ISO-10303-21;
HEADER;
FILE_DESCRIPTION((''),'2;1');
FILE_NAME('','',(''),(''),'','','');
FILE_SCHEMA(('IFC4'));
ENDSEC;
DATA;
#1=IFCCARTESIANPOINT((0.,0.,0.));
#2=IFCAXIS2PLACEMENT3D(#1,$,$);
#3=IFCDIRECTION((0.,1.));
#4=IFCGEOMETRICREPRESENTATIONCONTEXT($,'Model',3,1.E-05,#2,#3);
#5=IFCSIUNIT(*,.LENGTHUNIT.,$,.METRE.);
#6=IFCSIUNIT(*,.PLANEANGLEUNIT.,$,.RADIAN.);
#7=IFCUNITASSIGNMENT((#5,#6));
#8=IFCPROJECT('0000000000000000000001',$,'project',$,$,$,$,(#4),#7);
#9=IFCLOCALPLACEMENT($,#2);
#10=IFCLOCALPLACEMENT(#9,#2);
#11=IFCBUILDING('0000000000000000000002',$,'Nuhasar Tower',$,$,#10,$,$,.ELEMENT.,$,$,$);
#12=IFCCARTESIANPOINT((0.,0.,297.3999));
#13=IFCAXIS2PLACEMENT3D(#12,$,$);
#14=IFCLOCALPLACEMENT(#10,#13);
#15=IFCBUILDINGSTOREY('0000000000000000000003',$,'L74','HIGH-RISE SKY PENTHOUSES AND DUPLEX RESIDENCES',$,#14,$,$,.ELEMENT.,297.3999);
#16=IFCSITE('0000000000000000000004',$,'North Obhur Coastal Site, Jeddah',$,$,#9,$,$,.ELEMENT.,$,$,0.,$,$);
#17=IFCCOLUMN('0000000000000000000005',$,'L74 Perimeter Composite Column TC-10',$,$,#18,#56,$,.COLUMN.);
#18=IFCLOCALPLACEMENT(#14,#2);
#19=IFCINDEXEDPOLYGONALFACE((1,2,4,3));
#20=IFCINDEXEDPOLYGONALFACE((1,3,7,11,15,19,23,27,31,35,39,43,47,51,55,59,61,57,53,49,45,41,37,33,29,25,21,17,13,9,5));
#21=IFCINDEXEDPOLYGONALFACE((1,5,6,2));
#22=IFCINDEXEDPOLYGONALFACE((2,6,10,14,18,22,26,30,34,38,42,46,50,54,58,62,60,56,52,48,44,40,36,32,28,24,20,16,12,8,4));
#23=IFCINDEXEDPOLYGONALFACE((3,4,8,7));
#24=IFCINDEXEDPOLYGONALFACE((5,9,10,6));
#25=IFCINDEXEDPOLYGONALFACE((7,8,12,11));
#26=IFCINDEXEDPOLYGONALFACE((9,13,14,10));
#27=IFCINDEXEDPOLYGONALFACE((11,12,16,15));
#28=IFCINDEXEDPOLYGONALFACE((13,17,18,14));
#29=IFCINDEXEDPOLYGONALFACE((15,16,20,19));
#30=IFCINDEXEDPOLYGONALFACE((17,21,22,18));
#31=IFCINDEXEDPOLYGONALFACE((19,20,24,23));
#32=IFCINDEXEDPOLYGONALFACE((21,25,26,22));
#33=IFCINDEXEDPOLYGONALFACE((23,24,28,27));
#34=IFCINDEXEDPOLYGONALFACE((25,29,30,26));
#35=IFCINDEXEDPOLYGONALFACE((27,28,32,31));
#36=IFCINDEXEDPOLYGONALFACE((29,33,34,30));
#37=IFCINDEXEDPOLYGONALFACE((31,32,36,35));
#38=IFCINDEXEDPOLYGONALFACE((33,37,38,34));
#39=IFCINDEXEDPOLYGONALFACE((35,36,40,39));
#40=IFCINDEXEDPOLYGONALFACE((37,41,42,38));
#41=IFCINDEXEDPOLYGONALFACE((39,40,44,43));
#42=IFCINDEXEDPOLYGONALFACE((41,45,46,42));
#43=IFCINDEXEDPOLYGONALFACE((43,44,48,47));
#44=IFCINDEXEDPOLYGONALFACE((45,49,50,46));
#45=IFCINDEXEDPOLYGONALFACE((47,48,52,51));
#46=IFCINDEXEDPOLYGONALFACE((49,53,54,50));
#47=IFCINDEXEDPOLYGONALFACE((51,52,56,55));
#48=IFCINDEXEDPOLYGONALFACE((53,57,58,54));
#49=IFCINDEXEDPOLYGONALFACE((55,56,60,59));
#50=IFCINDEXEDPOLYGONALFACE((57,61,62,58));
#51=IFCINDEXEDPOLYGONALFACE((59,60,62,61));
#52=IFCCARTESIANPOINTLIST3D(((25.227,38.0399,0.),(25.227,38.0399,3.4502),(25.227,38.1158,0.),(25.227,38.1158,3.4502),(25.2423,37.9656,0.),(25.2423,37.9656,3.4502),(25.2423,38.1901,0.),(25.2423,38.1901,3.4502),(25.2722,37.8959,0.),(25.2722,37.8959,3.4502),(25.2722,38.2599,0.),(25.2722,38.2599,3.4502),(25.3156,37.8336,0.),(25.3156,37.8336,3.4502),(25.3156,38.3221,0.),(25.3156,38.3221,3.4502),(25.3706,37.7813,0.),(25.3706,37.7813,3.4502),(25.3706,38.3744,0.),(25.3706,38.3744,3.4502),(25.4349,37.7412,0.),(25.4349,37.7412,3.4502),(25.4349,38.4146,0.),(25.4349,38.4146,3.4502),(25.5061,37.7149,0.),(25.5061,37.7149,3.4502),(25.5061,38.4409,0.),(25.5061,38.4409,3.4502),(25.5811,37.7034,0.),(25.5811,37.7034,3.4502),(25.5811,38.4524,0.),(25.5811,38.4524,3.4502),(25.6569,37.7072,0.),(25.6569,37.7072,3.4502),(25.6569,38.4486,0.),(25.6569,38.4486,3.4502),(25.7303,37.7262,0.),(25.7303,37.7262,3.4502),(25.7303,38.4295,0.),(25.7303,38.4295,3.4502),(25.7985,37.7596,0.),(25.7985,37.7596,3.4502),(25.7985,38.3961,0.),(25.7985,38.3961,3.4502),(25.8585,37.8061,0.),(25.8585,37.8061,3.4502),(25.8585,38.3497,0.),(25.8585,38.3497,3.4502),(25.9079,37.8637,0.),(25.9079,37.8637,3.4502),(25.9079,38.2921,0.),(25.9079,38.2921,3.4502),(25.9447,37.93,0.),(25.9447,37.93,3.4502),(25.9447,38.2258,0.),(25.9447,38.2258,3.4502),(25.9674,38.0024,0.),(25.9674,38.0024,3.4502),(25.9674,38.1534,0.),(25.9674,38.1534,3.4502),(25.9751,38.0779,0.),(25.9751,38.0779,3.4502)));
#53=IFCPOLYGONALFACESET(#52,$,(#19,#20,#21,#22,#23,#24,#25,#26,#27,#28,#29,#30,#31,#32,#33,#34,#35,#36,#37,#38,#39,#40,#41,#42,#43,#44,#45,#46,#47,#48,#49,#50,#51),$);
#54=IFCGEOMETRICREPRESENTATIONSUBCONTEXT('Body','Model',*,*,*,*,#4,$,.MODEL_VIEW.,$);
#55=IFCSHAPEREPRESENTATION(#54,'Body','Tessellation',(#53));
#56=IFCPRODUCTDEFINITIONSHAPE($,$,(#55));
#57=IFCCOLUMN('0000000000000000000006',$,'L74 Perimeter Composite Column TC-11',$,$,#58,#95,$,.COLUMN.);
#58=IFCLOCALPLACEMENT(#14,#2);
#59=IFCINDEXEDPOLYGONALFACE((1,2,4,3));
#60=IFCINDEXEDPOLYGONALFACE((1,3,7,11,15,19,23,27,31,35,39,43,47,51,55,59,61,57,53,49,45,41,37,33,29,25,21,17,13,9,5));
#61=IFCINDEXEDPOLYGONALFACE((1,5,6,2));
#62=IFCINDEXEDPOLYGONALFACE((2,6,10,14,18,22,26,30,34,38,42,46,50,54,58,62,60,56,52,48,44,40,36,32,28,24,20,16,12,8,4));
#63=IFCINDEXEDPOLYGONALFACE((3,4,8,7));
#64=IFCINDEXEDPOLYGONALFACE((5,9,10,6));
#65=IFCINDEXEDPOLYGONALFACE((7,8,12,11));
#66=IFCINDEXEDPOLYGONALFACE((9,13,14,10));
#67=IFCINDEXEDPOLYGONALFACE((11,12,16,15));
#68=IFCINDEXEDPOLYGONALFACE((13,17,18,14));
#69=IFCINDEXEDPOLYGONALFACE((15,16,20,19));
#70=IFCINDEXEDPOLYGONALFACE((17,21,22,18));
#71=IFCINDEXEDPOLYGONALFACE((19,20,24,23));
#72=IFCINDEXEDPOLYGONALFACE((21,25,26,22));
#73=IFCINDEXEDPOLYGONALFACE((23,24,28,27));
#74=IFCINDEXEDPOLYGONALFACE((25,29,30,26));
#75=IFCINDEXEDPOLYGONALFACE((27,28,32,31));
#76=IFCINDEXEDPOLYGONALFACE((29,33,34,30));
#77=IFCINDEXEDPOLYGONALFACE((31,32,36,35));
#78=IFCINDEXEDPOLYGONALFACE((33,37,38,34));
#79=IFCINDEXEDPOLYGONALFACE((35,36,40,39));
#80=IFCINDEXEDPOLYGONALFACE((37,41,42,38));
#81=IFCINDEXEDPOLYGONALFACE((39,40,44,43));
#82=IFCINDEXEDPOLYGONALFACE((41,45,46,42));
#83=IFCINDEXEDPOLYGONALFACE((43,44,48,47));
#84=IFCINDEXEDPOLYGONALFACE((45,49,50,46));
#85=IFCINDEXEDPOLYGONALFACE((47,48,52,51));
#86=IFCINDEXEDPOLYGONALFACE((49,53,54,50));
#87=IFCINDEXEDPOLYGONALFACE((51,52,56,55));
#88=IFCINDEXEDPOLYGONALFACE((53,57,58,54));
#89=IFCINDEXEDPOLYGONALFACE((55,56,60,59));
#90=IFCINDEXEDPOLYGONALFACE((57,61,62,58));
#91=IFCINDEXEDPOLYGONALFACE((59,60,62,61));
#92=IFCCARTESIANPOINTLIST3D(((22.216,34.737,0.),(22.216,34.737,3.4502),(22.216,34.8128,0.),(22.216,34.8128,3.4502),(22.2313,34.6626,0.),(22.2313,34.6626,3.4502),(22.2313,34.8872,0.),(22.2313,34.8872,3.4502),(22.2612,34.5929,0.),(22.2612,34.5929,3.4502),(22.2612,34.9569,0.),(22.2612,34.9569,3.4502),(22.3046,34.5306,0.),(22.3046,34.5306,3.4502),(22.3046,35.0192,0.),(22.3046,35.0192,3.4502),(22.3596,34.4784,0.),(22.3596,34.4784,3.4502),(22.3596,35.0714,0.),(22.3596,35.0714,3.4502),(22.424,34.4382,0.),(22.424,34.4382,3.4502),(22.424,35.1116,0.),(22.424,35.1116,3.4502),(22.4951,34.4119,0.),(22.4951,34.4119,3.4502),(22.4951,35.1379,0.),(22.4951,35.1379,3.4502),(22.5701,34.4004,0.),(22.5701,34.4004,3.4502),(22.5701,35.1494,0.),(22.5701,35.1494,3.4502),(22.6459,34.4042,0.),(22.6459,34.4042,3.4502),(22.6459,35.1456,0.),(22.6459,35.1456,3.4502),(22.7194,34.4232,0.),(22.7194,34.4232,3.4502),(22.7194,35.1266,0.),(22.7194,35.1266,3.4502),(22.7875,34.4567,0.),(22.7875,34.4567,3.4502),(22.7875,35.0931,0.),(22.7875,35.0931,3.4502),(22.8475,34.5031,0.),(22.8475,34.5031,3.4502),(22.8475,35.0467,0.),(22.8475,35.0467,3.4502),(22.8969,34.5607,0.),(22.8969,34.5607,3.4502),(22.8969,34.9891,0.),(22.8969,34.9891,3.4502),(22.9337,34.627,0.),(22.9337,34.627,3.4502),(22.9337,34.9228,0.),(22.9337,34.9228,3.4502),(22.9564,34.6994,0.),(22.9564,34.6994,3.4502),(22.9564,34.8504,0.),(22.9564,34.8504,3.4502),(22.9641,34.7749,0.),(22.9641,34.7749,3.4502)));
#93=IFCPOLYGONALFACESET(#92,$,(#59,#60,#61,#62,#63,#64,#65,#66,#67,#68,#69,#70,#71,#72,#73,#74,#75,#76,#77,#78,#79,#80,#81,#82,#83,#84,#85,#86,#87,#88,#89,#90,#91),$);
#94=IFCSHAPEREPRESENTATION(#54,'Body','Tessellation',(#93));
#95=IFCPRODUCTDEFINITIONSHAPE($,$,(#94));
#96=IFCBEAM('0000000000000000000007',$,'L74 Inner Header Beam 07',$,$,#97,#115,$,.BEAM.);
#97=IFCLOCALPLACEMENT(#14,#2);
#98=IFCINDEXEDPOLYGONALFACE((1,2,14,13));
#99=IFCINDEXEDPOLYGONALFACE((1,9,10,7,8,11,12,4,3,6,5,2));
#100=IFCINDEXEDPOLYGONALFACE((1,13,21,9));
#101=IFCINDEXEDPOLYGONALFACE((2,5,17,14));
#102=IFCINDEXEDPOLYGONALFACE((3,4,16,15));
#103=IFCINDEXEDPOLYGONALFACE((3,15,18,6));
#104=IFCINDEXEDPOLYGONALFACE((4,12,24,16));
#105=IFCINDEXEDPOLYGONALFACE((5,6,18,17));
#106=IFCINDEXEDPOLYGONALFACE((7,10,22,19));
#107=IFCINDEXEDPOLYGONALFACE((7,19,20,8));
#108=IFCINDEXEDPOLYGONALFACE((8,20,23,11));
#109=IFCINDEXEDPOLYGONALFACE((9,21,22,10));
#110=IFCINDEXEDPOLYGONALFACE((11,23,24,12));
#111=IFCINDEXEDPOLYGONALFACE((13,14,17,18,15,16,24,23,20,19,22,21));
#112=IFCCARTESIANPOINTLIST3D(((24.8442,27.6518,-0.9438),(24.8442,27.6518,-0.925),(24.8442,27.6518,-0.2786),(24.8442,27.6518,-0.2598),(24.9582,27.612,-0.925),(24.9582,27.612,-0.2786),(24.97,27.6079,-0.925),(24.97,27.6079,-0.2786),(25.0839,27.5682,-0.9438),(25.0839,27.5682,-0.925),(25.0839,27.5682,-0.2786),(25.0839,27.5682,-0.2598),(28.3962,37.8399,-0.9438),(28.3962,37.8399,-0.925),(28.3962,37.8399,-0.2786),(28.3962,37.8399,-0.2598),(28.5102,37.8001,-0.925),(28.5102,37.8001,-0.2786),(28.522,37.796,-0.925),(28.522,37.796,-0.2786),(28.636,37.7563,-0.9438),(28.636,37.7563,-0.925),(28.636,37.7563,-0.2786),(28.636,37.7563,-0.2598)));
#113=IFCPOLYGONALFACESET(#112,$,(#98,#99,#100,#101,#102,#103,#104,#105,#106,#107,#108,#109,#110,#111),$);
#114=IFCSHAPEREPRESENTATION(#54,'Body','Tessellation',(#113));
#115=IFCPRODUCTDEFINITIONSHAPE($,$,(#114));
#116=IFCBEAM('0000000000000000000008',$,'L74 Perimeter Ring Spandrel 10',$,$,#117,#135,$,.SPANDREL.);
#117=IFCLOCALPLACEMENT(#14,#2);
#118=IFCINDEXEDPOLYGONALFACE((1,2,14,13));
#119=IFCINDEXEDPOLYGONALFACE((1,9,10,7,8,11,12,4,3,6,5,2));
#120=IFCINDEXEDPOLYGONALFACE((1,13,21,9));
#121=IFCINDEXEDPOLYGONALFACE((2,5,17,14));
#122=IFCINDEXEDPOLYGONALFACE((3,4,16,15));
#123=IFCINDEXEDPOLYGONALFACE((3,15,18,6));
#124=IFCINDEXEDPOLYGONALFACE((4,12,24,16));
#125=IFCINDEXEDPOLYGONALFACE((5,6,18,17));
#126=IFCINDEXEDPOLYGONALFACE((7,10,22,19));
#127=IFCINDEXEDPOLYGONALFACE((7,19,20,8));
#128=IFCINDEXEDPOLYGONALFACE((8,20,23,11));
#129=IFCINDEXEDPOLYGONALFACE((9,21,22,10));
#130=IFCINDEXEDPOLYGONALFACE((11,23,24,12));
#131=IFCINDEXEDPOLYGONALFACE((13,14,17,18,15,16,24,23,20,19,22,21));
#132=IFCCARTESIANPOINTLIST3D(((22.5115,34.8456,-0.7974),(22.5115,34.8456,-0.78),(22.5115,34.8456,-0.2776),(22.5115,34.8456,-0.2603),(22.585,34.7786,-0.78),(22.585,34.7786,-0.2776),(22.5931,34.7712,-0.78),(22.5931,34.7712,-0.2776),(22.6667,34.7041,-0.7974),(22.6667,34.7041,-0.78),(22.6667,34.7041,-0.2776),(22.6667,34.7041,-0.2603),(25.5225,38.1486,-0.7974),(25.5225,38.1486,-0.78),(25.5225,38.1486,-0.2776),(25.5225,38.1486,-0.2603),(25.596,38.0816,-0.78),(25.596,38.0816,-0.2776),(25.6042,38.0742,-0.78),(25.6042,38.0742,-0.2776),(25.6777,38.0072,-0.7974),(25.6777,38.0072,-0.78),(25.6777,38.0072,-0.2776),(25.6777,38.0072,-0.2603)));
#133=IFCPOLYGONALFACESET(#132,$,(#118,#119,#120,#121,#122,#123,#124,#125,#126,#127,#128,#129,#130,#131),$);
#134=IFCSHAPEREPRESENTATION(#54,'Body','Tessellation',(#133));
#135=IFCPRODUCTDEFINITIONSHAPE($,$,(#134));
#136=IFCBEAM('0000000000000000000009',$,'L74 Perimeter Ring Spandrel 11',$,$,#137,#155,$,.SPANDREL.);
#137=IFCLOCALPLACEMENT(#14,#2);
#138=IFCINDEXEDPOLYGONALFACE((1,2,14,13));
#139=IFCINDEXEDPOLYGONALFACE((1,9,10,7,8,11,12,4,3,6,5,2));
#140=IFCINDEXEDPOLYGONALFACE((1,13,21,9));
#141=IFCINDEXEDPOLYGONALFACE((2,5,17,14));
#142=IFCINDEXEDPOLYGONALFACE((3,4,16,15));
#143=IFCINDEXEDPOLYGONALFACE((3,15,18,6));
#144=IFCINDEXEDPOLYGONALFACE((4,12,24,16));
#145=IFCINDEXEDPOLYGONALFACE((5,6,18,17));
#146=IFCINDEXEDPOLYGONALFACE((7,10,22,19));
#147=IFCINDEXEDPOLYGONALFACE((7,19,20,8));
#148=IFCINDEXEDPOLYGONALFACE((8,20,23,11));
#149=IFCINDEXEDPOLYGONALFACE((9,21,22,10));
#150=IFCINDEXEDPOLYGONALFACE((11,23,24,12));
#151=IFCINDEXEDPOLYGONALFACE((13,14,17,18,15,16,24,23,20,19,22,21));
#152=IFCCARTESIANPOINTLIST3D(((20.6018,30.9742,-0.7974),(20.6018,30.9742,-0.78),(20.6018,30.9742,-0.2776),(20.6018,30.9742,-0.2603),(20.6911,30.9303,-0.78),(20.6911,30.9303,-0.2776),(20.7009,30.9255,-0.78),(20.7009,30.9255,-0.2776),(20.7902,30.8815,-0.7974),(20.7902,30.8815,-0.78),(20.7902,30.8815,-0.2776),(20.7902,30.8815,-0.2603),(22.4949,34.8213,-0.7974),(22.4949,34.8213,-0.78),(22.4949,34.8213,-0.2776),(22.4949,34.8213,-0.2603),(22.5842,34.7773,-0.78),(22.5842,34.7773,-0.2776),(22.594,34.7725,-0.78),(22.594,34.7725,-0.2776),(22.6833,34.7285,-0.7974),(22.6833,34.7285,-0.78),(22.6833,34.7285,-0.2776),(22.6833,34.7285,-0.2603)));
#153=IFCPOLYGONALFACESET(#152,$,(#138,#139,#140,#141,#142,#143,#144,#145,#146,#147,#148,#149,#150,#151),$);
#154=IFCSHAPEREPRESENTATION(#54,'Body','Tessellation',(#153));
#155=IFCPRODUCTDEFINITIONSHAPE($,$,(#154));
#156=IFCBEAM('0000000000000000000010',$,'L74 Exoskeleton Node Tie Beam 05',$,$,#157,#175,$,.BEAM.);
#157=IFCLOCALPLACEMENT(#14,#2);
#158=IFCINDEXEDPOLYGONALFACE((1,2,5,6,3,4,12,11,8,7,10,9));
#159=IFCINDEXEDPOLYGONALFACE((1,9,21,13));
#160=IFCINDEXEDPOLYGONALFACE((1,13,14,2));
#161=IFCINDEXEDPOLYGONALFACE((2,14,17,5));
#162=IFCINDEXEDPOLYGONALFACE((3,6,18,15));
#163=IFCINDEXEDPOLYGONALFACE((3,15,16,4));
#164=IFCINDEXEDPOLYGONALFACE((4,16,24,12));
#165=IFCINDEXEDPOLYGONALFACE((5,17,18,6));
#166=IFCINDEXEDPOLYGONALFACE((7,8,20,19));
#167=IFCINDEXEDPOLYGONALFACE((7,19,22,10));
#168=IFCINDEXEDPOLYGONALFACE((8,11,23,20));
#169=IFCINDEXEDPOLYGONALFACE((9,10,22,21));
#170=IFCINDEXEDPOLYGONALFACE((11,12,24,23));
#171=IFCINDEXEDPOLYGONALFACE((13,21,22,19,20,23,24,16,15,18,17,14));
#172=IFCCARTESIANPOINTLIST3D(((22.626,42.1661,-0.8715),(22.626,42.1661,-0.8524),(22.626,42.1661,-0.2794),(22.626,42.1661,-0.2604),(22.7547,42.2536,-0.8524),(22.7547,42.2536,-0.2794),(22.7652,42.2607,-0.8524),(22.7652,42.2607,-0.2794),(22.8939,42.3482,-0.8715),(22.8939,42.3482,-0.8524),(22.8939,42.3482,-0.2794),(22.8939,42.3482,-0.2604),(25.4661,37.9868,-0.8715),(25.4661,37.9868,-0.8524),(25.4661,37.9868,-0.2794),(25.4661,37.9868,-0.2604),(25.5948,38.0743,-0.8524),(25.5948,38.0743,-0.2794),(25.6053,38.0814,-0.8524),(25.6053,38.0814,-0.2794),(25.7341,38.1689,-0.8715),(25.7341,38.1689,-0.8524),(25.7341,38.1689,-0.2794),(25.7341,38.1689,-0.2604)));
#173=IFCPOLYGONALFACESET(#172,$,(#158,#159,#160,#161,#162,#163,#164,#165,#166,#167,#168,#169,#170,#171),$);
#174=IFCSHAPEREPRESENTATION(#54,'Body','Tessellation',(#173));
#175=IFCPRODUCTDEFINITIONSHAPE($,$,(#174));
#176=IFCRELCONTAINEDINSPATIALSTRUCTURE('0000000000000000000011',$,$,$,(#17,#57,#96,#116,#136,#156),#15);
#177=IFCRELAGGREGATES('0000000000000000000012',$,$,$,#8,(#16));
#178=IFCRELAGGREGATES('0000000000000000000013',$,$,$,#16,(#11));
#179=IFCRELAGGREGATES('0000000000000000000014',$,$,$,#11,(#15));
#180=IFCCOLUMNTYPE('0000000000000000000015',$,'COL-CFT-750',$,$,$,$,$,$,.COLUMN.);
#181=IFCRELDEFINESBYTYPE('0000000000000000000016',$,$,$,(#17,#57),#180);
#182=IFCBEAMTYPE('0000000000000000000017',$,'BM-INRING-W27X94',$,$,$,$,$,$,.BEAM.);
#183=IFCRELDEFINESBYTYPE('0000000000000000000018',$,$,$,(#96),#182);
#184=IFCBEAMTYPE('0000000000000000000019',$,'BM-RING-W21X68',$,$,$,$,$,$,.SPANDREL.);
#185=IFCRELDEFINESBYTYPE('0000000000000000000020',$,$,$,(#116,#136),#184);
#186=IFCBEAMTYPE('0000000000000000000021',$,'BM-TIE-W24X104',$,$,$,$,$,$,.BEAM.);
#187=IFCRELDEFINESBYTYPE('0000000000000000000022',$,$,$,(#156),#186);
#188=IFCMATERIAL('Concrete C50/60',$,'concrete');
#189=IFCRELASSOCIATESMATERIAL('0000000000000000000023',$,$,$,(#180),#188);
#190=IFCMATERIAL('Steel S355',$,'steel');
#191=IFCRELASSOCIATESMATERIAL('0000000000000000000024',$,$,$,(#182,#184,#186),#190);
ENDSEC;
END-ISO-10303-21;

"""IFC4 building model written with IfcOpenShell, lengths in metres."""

from ifc_helpers import new_model, si_unit, direction, frame, origin, origin_2d, place, context, subcontext, project, spatial, circle, i_section, extrude, material, material_profile, profile_set, type_object, element, save


model = new_model("IFC4")

# Units and contexts
model_context = context("Model", 3, precision=1e-05, world=origin(), true_north=direction((0.0, 1.0)))
body_context = subcontext(model_context, "Body", "Model", "MODEL_VIEW")
ifc_project = project(units=[si_unit("LENGTHUNIT", "METRE"), si_unit("PLANEANGLEUNIT", "RADIAN")], contexts=[model_context])

# Site, building, storey
site_placement = place(None, origin())
site = spatial("IfcSite", under=ifc_project, at=site_placement, Name="North Obhur Coastal Site, Jeddah", CompositionType="ELEMENT", RefElevation=0.0)
building_placement = place(site_placement, origin())
building = spatial("IfcBuilding", under=site, at=building_placement, Name="Nuhasar Tower", CompositionType="ELEMENT")
storey_placement = place(building_placement, frame((0.0, 0.0, 297.3999)))
storey = spatial("IfcBuildingStorey", under=building, at=storey_placement, Name="L74", Description="HIGH-RISE SKY PENTHOUSES AND DUPLEX RESIDENCES", CompositionType="ELEMENT", Elevation=297.3999)

# Columns
ifc_material_1 = material(Name="Concrete C50/60", Category="concrete")
ifc_material_profile_1 = material_profile(ifc_material_1, circle(Radius=0.375, at=origin_2d()), Name="CFT750")
ifc_profile_set_1 = profile_set([ifc_material_profile_1], Name="Concrete C50/60")
column_type = type_object("IfcColumnType", Name="COL-CFT-750", PredefinedType="COLUMN", material=ifc_profile_set_1)
for number, where, z_axis, x_axis, name in (
    (1, (25.6001, 38.0779, 0.0), (0.0, 0.0, 1.0), (1.0, 0.0, 0.0), "L74 Perimeter Composite Column TC-10"),
    (2, (22.5891, 34.7749, 0.0), (0.0, 0.0, 1.0), (1.0, 0.0, 0.0), "L74 Perimeter Composite Column TC-11"),
):
    element("IfcColumn", number, at=place(storey_placement, frame(where, z_axis=z_axis, x_axis=x_axis)), inside=storey, type_object=column_type, Name=name, PredefinedType="COLUMN", context=body_context, shape_type="SweptSolid", body=[
        extrude(circle(Radius=0.375, at=origin_2d()), origin(), (0.0, 0.0, 1.0), 3.4502),
    ])

# Beams
ifc_material_2 = material(Name="Steel S355", Category="steel")
ifc_material_profile_2 = material_profile(ifc_material_2, i_section(OverallWidth=0.2539, OverallDepth=0.6841, WebThickness=0.0125, FlangeThickness=0.0188, at=origin_2d()), Name="W27X94")
ifc_profile_set_2 = profile_set([ifc_material_profile_2], Name="Steel S355")
beam_type_1 = type_object("IfcBeamType", Name="BM-INRING-W27X94", PredefinedType="BEAM", material=ifc_profile_set_2)
beam_1_placement = place(storey_placement, frame((28.5161, 37.7981, -0.6018), z_axis=(-0.329211, -0.944256, 0.0), x_axis=(0.944256, -0.329211, 0.0)))
element("IfcBeam", 3, at=beam_1_placement, inside=storey, type_object=beam_type_1, Name="L74 Inner Header Beam 07", PredefinedType="BEAM", context=body_context, shape_type="SweptSolid", body=[
    extrude(i_section(OverallWidth=0.2539, OverallDepth=0.6841, WebThickness=0.0125, FlangeThickness=0.0188, at=origin_2d()), origin(), (0.0, 0.0, 1.0), 10.7896),
])
ifc_material_profile_3 = material_profile(ifc_material_2, i_section(OverallWidth=0.21, OverallDepth=0.5371, WebThickness=0.011, FlangeThickness=0.0173, at=origin_2d()), Name="W21X68")
ifc_profile_set_3 = profile_set([ifc_material_profile_3], Name="Steel S355")
beam_type_2 = type_object("IfcBeamType", Name="BM-RING-W21X68", PredefinedType="SPANDREL", material=ifc_profile_set_3)
beam_2_placement = place(storey_placement, frame((25.6001, 38.0779, -0.5288), z_axis=(-0.673686, -0.739017, 0.0), x_axis=(0.739017, -0.673686, 0.0)))
element("IfcBeam", 4, at=beam_2_placement, inside=storey, type_object=beam_type_2, Name="L74 Perimeter Ring Spandrel 10", PredefinedType="SPANDREL", context=body_context, shape_type="SweptSolid", body=[
    extrude(i_section(OverallWidth=0.21, OverallDepth=0.5371, WebThickness=0.011, FlangeThickness=0.0173, at=origin_2d()), origin(), (0.0, 0.0, 1.0), 4.4695),
])
beam_3_placement = place(storey_placement, frame((22.5891, 34.7749, -0.5288), z_axis=(-0.441533, -0.897245, 0.0), x_axis=(0.897245, -0.441533, 0.0)))
element("IfcBeam", 5, at=beam_3_placement, inside=storey, type_object=beam_type_2, Name="L74 Perimeter Ring Spandrel 11", PredefinedType="SPANDREL", context=body_context, shape_type="SweptSolid", body=[
    extrude(i_section(OverallWidth=0.21, OverallDepth=0.5371, WebThickness=0.011, FlangeThickness=0.0173, at=origin_2d()), origin(), (0.0, 0.0, 1.0), 4.2876),
])
ifc_material_profile_4 = material_profile(ifc_material_2, i_section(OverallWidth=0.324, OverallDepth=0.6111, WebThickness=0.0127, FlangeThickness=0.019, at=origin_2d()), Name="W24X104")
ifc_profile_set_4 = profile_set([ifc_material_profile_4], Name="Steel S355")
beam_type_3 = type_object("IfcBeamType", Name="BM-TIE-W24X104", PredefinedType="BEAM", material=ifc_profile_set_4)
beam_4_placement = place(storey_placement, frame((25.6001, 38.0779, -0.5659), z_axis=(-0.562071, 0.827089, 0.0), x_axis=(-0.827089, -0.562071, 0.0)))
element("IfcBeam", 6, at=beam_4_placement, inside=storey, type_object=beam_type_3, Name="L74 Exoskeleton Node Tie Beam 05", PredefinedType="BEAM", context=body_context, shape_type="SweptSolid", body=[
    extrude(i_section(OverallWidth=0.324, OverallDepth=0.6111, WebThickness=0.0127, FlangeThickness=0.019, at=origin_2d()), origin(), (0.0, 0.0, 1.0), 5.053),
])

save(model, "model.ifc")
